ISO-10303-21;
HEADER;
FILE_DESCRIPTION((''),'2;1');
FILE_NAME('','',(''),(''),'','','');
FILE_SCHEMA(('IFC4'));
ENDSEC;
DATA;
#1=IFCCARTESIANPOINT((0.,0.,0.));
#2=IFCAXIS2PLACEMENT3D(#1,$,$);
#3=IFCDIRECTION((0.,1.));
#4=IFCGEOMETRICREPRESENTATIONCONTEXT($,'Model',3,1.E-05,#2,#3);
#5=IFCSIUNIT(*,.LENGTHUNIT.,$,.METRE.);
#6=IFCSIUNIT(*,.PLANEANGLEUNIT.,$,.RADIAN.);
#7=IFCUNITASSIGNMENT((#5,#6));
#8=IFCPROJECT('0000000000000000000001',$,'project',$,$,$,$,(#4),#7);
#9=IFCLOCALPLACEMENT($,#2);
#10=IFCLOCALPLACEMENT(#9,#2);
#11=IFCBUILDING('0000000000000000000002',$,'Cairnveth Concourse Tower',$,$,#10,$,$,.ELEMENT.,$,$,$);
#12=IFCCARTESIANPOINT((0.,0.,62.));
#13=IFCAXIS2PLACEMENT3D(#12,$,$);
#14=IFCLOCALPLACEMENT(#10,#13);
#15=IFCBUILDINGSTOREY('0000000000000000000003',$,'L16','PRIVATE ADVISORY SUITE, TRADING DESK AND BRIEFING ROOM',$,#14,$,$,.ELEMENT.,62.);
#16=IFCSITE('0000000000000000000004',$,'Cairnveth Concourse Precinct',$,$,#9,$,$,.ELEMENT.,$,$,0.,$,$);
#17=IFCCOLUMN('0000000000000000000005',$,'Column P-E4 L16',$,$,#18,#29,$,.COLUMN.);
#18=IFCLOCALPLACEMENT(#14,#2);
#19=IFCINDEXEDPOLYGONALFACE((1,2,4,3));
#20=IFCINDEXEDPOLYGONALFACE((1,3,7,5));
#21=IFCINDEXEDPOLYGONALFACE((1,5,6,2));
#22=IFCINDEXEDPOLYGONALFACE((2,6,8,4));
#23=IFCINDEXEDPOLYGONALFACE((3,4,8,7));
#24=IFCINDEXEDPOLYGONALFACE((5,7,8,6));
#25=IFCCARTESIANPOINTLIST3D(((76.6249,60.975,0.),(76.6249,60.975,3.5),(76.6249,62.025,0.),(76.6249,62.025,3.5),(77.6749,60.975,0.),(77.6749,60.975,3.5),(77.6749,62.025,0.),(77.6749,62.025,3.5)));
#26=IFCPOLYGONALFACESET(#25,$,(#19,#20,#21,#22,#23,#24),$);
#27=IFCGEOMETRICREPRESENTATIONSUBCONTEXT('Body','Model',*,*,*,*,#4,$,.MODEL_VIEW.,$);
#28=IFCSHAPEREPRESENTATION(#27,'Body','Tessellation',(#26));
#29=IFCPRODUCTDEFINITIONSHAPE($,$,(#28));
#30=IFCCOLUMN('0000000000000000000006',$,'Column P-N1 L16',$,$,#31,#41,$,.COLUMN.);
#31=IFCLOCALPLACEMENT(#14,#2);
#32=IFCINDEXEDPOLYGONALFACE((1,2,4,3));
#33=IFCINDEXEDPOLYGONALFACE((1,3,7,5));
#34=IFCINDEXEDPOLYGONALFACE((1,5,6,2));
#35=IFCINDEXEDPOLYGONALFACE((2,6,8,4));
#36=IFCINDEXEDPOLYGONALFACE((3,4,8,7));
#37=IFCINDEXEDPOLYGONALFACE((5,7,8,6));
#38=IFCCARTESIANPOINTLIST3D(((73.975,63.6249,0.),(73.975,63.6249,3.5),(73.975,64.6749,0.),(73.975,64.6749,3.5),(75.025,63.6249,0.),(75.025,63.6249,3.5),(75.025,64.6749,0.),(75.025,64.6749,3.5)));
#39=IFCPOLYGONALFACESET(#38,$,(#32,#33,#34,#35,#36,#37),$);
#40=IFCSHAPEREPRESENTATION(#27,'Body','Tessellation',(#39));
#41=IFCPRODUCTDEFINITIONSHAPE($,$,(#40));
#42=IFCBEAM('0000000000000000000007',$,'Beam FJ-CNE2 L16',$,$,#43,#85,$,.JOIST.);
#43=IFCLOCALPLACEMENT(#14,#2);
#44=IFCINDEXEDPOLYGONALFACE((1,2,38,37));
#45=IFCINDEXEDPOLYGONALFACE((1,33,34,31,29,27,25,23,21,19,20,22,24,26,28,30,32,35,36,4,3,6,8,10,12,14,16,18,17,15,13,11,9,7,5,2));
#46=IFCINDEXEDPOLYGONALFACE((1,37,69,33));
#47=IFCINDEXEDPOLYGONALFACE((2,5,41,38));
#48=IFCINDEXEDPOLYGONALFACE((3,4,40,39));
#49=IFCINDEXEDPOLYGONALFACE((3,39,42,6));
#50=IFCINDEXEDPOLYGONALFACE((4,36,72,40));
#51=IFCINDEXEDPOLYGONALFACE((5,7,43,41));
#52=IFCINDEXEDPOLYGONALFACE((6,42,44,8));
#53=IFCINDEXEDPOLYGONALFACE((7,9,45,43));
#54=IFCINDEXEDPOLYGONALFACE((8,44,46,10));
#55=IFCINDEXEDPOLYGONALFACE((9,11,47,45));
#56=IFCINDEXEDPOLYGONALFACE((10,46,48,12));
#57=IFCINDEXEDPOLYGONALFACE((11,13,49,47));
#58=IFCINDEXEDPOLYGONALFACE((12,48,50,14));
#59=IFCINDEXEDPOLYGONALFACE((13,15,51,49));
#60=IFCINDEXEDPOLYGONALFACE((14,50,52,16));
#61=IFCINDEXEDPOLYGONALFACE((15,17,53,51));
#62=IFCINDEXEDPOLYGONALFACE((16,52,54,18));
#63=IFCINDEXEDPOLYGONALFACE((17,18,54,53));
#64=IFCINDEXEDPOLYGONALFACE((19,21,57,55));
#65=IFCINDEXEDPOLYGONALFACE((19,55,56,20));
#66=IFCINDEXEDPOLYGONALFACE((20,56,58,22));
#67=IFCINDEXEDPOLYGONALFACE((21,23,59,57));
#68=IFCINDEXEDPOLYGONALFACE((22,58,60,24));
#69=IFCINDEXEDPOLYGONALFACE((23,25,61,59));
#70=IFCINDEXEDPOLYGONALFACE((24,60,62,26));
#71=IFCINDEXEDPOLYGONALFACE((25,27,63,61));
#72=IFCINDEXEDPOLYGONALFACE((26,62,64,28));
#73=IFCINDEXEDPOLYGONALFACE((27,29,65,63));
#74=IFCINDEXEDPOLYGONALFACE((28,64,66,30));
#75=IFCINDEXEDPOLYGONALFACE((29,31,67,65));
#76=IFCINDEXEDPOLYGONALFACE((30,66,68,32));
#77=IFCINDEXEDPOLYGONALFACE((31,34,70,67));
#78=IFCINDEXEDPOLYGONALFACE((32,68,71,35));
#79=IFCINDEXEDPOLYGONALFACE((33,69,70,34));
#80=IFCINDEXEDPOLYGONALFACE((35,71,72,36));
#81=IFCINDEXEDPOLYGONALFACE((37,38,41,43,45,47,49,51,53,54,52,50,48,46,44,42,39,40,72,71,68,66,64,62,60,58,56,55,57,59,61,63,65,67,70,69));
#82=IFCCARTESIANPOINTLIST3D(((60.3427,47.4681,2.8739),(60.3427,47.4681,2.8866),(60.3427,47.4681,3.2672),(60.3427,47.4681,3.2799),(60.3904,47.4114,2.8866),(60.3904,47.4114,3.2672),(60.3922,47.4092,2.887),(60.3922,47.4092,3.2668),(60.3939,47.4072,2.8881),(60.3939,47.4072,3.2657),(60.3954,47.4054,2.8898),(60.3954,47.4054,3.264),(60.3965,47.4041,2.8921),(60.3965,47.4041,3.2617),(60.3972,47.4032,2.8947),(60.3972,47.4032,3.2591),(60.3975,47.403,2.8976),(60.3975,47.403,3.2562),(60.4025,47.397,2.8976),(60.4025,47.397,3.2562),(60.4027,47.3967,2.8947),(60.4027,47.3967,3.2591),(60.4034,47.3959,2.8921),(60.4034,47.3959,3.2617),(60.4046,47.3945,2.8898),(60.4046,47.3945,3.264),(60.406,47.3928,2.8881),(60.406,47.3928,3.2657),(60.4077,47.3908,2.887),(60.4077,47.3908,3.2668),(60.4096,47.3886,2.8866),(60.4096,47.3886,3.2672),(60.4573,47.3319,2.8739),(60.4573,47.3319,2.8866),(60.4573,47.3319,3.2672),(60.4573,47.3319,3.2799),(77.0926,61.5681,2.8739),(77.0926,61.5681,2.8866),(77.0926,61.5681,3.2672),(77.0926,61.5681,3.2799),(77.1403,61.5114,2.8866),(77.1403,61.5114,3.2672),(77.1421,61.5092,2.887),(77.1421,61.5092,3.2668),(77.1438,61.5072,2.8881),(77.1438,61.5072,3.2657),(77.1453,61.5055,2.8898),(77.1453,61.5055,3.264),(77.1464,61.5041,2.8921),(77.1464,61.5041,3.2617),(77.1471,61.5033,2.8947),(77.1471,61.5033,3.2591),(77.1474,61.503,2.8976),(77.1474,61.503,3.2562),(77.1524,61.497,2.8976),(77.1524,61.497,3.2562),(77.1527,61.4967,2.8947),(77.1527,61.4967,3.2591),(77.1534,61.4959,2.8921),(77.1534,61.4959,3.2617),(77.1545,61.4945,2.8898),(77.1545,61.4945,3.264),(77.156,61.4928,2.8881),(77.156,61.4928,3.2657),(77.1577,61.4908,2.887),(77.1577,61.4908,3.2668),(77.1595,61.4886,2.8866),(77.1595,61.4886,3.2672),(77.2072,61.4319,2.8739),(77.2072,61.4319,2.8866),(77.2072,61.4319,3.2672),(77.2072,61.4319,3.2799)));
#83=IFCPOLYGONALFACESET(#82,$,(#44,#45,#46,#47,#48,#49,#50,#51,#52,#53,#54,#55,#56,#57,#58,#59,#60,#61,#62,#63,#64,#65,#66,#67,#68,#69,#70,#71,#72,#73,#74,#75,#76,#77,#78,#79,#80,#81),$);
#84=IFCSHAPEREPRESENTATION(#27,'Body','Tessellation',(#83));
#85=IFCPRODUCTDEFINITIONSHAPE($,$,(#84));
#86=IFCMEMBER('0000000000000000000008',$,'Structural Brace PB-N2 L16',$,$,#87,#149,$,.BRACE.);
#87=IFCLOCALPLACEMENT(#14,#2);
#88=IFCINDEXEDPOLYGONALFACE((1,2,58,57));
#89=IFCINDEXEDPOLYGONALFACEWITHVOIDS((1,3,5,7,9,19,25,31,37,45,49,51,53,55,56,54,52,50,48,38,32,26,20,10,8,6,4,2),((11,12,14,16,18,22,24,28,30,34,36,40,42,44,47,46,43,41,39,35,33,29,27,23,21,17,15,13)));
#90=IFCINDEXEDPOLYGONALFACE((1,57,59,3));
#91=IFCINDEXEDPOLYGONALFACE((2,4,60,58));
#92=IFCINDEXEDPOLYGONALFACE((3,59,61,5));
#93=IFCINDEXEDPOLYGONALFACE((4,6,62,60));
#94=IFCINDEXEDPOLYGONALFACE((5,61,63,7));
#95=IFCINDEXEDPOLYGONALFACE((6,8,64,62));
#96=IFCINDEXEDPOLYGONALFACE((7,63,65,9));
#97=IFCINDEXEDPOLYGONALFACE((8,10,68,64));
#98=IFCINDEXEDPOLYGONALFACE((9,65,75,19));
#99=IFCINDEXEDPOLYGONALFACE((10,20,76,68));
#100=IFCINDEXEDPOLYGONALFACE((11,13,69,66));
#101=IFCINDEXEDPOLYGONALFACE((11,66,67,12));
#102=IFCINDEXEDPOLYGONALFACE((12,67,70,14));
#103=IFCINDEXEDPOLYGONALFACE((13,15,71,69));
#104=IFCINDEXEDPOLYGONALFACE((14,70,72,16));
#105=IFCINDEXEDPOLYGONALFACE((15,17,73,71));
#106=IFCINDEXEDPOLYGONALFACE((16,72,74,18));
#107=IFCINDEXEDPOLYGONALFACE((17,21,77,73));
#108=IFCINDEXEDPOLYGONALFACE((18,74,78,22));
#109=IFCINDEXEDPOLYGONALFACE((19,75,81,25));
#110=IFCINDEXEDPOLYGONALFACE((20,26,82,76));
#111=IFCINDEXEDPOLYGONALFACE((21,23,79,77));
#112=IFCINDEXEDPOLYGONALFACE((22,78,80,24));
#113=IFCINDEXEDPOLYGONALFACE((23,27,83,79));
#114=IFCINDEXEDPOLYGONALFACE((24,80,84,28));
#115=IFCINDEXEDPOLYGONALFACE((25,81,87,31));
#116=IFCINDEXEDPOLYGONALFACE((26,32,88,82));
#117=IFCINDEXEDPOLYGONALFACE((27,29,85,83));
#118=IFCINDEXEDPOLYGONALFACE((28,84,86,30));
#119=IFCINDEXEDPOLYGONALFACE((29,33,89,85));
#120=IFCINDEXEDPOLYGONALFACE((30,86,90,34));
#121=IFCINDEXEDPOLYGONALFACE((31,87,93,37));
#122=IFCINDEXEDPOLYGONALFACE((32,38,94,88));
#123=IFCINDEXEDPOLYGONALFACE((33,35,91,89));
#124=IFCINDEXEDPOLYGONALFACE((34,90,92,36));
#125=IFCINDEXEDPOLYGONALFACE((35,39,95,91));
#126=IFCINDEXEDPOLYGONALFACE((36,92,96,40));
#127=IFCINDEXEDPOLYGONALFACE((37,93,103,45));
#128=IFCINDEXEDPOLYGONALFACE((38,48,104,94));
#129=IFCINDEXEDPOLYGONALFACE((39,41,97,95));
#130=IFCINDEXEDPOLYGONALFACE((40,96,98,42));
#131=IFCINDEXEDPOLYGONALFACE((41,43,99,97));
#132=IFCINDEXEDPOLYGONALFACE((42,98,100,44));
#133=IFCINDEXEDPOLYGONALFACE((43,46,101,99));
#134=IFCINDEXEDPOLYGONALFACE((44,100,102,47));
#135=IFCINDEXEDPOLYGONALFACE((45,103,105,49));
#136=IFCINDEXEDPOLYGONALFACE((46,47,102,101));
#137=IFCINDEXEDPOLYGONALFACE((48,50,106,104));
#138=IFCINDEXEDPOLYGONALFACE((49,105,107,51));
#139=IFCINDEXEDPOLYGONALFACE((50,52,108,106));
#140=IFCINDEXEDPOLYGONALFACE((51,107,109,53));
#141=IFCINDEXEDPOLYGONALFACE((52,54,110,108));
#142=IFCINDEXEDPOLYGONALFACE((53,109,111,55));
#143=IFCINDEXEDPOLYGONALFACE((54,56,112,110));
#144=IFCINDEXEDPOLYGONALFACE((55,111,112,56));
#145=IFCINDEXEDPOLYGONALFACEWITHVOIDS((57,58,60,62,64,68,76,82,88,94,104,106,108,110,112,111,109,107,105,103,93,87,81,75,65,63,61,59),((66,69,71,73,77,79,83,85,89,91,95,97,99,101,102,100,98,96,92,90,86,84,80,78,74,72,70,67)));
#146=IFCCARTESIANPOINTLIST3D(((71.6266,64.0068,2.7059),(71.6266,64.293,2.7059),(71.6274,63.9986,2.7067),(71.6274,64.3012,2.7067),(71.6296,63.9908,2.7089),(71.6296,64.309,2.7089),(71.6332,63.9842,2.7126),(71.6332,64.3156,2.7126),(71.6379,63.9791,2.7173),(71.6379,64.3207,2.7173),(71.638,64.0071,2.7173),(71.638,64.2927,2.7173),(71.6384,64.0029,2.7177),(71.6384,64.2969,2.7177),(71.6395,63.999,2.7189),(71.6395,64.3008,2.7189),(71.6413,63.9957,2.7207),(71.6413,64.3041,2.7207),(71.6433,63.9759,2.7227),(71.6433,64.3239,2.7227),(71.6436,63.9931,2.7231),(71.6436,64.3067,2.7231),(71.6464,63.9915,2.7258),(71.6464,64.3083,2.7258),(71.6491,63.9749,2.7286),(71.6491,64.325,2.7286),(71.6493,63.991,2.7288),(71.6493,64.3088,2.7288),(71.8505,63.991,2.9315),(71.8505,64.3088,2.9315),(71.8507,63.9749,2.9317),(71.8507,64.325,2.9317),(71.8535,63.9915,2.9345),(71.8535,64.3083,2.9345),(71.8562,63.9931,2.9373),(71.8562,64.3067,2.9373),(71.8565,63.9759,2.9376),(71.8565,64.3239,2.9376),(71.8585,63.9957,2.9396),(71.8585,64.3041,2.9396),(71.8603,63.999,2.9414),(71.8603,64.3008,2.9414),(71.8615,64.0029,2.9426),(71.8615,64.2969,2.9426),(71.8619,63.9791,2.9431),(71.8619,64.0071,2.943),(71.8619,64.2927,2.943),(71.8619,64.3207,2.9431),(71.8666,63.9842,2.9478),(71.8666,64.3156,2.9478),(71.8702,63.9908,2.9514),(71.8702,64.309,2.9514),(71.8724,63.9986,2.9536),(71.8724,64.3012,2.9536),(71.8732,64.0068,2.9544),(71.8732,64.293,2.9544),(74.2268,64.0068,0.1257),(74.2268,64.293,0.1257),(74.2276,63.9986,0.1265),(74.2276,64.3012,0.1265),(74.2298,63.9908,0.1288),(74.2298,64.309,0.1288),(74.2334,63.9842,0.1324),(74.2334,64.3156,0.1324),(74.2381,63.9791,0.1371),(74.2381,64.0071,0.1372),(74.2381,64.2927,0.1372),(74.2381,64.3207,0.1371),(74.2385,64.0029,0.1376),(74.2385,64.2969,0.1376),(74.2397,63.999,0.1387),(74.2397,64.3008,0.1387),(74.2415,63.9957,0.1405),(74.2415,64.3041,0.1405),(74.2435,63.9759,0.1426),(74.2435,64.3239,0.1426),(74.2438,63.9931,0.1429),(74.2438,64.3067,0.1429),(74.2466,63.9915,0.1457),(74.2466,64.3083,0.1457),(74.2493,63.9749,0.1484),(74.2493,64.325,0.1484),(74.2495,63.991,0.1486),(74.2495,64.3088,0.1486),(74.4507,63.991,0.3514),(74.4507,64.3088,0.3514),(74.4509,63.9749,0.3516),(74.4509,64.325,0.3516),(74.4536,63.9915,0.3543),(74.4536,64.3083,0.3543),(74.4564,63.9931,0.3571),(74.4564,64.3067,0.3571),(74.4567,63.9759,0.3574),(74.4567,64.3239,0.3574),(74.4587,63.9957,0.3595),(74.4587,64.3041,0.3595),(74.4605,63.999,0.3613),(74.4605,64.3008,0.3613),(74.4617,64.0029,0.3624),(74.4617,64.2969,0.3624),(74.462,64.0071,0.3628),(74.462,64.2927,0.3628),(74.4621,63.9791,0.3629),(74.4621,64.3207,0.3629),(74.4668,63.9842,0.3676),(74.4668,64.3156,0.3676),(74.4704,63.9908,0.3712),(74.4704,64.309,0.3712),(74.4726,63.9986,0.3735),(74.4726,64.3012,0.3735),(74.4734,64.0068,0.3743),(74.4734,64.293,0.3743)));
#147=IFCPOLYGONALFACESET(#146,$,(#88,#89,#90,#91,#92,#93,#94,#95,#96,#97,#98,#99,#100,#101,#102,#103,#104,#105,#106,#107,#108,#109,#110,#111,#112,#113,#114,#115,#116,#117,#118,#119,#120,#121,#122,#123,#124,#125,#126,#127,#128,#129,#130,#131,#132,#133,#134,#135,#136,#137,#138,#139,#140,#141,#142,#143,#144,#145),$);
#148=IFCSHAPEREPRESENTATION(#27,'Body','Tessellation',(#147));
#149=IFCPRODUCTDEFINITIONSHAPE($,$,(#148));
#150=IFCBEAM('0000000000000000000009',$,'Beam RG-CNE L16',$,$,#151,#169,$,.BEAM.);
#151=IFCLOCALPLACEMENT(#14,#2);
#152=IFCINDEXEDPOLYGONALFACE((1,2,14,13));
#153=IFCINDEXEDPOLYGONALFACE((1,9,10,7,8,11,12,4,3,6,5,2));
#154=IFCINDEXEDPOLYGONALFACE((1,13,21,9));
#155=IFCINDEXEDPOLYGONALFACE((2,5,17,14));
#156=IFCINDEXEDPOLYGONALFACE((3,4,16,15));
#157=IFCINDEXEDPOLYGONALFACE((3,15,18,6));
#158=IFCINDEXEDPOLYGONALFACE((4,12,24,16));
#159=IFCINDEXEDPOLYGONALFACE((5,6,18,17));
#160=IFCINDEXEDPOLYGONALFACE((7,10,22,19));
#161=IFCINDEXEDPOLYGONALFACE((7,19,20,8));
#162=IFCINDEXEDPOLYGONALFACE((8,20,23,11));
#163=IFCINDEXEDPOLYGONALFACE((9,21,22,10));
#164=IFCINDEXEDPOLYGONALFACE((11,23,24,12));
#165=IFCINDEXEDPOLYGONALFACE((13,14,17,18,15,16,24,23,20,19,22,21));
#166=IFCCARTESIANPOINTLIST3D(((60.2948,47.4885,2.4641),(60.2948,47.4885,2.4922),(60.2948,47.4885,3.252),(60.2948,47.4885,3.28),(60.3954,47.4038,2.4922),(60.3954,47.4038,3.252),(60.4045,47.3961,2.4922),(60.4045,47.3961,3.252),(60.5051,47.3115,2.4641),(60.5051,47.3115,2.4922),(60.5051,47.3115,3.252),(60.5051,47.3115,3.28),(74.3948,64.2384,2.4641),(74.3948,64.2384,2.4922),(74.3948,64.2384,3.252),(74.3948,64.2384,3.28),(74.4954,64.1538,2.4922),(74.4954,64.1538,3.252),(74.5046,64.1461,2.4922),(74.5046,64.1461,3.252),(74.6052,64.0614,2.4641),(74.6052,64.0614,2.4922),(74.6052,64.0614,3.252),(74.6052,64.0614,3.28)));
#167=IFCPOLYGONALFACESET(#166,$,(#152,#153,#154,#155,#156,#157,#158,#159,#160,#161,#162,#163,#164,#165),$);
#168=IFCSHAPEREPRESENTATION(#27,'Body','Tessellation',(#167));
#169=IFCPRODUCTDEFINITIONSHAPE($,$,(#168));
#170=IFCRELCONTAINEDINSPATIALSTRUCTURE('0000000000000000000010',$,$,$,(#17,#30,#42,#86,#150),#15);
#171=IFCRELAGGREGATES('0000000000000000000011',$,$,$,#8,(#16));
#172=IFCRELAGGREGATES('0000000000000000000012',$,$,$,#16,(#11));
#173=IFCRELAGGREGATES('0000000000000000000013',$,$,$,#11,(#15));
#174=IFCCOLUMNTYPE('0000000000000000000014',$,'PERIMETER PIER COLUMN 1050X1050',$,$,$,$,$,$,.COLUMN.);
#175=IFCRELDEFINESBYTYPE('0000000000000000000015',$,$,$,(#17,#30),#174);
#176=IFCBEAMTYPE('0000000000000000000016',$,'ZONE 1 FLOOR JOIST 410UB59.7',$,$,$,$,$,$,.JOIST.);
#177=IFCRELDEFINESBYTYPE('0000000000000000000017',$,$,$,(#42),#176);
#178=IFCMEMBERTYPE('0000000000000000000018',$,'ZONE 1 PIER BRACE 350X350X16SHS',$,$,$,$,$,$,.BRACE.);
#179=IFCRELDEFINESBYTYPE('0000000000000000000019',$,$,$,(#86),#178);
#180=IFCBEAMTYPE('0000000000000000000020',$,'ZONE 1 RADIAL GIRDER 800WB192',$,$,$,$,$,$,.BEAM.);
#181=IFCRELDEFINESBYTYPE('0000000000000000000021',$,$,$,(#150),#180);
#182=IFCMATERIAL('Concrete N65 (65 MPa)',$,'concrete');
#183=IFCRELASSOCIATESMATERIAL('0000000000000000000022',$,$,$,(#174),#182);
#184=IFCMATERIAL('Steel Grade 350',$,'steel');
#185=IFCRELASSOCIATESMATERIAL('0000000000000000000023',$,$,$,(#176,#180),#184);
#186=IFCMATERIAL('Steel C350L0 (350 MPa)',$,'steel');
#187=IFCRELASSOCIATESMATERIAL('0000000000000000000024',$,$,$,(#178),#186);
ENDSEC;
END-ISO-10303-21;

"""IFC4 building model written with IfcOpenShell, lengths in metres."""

from ifc_helpers import new_model, si_unit, direction, frame, origin, origin_2d, place, context, subcontext, project, spatial, rectangle, hollow_rectangle, i_section, extrude, material, material_profile, profile_set, type_object, element, save


model = new_model("IFC4")

# Units and contexts
model_context = context("Model", 3, precision=1e-05, world=origin(), true_north=direction((0.0, 1.0)))
body_context = subcontext(model_context, "Body", "Model", "MODEL_VIEW")
ifc_project = project(units=[si_unit("LENGTHUNIT", "METRE"), si_unit("PLANEANGLEUNIT", "RADIAN")], contexts=[model_context])

# Site, building, storey
site_placement = place(None, origin())
site = spatial("IfcSite", under=ifc_project, at=site_placement, Name="Cairnveth Concourse Precinct", CompositionType="ELEMENT", RefElevation=0.0)
building_placement = place(site_placement, origin())
building = spatial("IfcBuilding", under=site, at=building_placement, Name="Cairnveth Concourse Tower", CompositionType="ELEMENT")
storey_placement = place(building_placement, frame((0.0, 0.0, 62.0)))
storey = spatial("IfcBuildingStorey", under=building, at=storey_placement, Name="L16", Description="PRIVATE ADVISORY SUITE, TRADING DESK AND BRIEFING ROOM", CompositionType="ELEMENT", Elevation=62.0)

# Columns
ifc_material_1 = material(Name="Concrete N65 (65 MPa)", Category="concrete")
ifc_material_profile_1 = material_profile(ifc_material_1, rectangle(XDim=1.05, YDim=1.05, at=origin_2d()), Name="RC-COL-1050x1050")
ifc_profile_set_1 = profile_set([ifc_material_profile_1], Name="Concrete N65 (65 MPa)")
column_type = type_object("IfcColumnType", Name="PERIMETER PIER COLUMN 1050X1050", PredefinedType="COLUMN", material=ifc_profile_set_1)
for number, where, z_axis, x_axis, name in (
    (1, (77.1499, 61.5, 0.0), (0.0, 0.0, 1.0), (0.0, 1.0, 0.0), "Column P-E4 L16"),
    (2, (74.5, 64.1499, 0.0), (0.0, 0.0, 1.0), (1.0, 0.0, 0.0), "Column P-N1 L16"),
):
    element("IfcColumn", number, at=place(storey_placement, frame(where, z_axis=z_axis, x_axis=x_axis)), inside=storey, type_object=column_type, Name=name, PredefinedType="COLUMN", context=body_context, shape_type="SweptSolid", body=[
        extrude(rectangle(XDim=1.05, YDim=1.05, at=origin_2d()), origin(), (0.0, 0.0, 1.0), 3.5),
    ])

# Beam
ifc_material_2 = material(Name="Steel Grade 350", Category="steel")
ifc_material_profile_2 = material_profile(ifc_material_2, i_section(OverallWidth=0.178, OverallDepth=0.406, WebThickness=0.0078, FlangeThickness=0.0127, FilletRadius=0.011, at=origin_2d()), Name="410UB59.7")
ifc_profile_set_2 = profile_set([ifc_material_profile_2], Name="Steel Grade 350")
beam_type_1 = type_object("IfcBeamType", Name="ZONE 1 FLOOR JOIST 410UB59.7", PredefinedType="JOIST", material=ifc_profile_set_2)
beam_1_placement = place(storey_placement, frame((77.1499, 61.5, 3.0769), z_axis=(-0.765027, -0.643998, 0.0), x_axis=(0.643998, -0.765027, 0.0)))
element("IfcBeam", 3, at=beam_1_placement, inside=storey, type_object=beam_type_1, Name="Beam FJ-CNE2 L16", PredefinedType="JOIST", context=body_context, shape_type="SweptSolid", body=[
    extrude(i_section(OverallWidth=0.178, OverallDepth=0.406, WebThickness=0.0078, FlangeThickness=0.0127, FilletRadius=0.011, at=origin_2d()), origin(), (0.0, 0.0, 1.0), 21.8945),
])

# Member
ifc_material_3 = material(Name="Steel C350L0 (350 MPa)", Category="steel")
ifc_material_profile_3 = material_profile(ifc_material_3, hollow_rectangle(XDim=0.3501, YDim=0.3501, WallThickness=0.0161, InnerFilletRadius=0.0161, OuterFilletRadius=0.032, at=origin_2d()), Name="350x350x16.0SHS")
ifc_profile_set_3 = profile_set([ifc_material_profile_3], Name="Steel C350L0 (350 MPa)")
member_type = type_object("IfcMemberType", Name="ZONE 1 PIER BRACE 350X350X16SHS", PredefinedType="BRACE", material=ifc_profile_set_3)
member_placement = place(storey_placement, frame((74.3501, 64.1499, 0.25), z_axis=(-0.709834, 0.0, 0.704369), x_axis=(0.0, -1.0, 0.0)))
element("IfcMember", 4, at=member_placement, inside=storey, type_object=member_type, Name="Structural Brace PB-N2 L16", PredefinedType="BRACE", context=body_context, shape_type="SweptSolid", body=[
    extrude(hollow_rectangle(XDim=0.3501, YDim=0.3501, WallThickness=0.0161, InnerFilletRadius=0.0161, OuterFilletRadius=0.032, at=origin_2d()), origin(), (0.0, 0.0, 1.0), 3.6631),
])

# Beam
ifc_material_profile_4 = material_profile(ifc_material_2, i_section(OverallWidth=0.2749, OverallDepth=0.8159, WebThickness=0.012, FlangeThickness=0.0281, at=origin_2d()), Name="800WB192")
ifc_profile_set_4 = profile_set([ifc_material_profile_4], Name="Steel Grade 350")
beam_type_2 = type_object("IfcBeamType", Name="ZONE 1 RADIAL GIRDER 800WB192", PredefinedType="BEAM", material=ifc_profile_set_4)
beam_2_placement = place(storey_placement, frame((74.5, 64.1499, 2.8721), z_axis=(-0.643998, -0.765027, 0.0), x_axis=(0.765027, -0.643998, 0.0)))
element("IfcBeam", 5, at=beam_2_placement, inside=storey, type_object=beam_type_2, Name="Beam RG-CNE L16", PredefinedType="BEAM", context=body_context, shape_type="SweptSolid", body=[
    extrude(i_section(OverallWidth=0.2749, OverallDepth=0.8159, WebThickness=0.012, FlangeThickness=0.0281, at=origin_2d()), origin(), (0.0, 0.0, 1.0), 21.8945),
])

save(model, "model.ifc")
